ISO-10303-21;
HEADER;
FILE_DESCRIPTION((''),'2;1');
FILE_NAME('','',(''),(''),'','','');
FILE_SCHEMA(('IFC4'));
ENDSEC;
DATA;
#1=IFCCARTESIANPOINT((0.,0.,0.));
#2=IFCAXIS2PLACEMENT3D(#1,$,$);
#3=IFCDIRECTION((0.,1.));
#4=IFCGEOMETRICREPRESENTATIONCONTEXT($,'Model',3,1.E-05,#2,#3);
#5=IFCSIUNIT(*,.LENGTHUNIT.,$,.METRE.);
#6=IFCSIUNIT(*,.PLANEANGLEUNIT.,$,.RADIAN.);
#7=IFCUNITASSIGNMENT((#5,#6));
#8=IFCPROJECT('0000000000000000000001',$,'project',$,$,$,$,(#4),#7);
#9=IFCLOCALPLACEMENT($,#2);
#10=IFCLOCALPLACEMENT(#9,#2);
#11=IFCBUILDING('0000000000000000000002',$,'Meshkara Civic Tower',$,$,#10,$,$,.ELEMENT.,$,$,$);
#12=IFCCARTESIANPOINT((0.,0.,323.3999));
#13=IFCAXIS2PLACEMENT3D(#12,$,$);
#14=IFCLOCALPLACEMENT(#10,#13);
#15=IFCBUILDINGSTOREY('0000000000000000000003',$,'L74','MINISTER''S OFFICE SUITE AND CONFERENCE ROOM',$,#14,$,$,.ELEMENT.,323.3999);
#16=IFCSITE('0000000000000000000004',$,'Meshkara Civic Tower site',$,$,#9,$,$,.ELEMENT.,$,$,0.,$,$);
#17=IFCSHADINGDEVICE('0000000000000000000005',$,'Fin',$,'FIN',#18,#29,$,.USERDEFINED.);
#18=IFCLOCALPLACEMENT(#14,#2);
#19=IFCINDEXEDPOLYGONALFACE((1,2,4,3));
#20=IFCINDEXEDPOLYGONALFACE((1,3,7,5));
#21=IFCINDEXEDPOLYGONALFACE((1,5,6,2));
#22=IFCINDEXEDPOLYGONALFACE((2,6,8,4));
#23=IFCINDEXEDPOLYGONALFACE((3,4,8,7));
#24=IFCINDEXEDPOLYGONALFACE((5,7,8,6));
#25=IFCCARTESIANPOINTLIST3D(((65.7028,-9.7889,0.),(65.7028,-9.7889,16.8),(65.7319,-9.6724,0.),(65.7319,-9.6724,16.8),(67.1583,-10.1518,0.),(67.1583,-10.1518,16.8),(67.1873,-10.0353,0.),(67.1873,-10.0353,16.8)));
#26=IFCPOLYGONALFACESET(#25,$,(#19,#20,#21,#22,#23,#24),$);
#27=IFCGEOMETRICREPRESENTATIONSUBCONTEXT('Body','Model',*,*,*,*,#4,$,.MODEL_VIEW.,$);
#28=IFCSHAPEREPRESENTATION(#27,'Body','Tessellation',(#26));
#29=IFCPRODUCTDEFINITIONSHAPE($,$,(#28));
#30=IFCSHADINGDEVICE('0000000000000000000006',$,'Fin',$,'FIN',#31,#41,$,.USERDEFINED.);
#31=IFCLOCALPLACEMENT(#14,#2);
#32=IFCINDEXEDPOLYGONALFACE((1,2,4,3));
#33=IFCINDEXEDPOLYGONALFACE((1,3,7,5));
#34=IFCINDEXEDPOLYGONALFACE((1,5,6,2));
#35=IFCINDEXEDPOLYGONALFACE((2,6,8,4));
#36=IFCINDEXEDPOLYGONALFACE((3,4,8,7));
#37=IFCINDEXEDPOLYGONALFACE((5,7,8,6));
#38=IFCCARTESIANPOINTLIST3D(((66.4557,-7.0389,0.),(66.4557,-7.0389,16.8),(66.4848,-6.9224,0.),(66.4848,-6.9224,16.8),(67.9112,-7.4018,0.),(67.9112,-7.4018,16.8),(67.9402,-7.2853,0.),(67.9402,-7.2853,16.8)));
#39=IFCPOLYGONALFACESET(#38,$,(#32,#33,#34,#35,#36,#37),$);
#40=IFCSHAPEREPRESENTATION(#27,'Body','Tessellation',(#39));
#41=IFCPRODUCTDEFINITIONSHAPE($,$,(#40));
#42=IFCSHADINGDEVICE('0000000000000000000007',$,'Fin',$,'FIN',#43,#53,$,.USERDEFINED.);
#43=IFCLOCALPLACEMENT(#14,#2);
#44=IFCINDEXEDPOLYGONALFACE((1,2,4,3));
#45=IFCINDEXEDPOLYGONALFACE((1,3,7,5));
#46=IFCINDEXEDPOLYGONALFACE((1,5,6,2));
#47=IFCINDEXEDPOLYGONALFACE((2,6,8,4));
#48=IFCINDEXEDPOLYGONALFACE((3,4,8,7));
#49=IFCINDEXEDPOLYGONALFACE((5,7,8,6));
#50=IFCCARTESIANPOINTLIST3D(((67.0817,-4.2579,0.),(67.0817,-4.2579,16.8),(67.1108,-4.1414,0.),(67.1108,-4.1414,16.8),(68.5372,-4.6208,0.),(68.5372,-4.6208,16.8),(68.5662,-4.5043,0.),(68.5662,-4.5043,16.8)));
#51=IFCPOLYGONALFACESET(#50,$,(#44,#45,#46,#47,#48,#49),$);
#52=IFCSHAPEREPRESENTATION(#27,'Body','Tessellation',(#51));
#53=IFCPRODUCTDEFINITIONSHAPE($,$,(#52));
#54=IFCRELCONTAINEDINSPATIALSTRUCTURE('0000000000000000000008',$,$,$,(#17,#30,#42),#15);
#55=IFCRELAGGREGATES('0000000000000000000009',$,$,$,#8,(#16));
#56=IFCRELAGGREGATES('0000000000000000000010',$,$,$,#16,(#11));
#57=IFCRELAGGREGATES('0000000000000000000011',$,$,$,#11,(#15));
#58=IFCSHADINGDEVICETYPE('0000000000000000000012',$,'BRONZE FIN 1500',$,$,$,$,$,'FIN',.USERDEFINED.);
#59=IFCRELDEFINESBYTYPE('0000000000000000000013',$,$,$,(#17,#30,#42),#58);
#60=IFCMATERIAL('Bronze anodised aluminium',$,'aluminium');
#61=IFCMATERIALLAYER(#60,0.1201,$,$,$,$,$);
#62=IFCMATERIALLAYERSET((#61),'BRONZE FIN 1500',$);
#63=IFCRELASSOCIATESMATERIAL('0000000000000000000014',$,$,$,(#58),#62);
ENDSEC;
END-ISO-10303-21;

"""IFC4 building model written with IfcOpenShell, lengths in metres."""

from ifc_helpers import new_model, si_unit, direction, frame, origin, origin_2d, place, context, subcontext, project, spatial, rectangle, extrude, material, layer, layer_set, type_object, element, save


model = new_model("IFC4")

# Units and contexts
model_context = context("Model", 3, precision=1e-05, world=origin(), true_north=direction((0.0, 1.0)))
body_context = subcontext(model_context, "Body", "Model", "MODEL_VIEW")
ifc_project = project(units=[si_unit("LENGTHUNIT", "METRE"), si_unit("PLANEANGLEUNIT", "RADIAN")], contexts=[model_context])

# Site, building, storey
site_placement = place(None, origin())
site = spatial("IfcSite", under=ifc_project, at=site_placement, Name="Meshkara Civic Tower site", CompositionType="ELEMENT", RefElevation=0.0)
building_placement = place(site_placement, origin())
building = spatial("IfcBuilding", under=site, at=building_placement, Name="Meshkara Civic Tower", CompositionType="ELEMENT")
storey_placement = place(building_placement, frame((0.0, 0.0, 323.3999)))
storey = spatial("IfcBuildingStorey", under=building, at=storey_placement, Name="L74", Description="MINISTER'S OFFICE SUITE AND CONFERENCE ROOM", CompositionType="ELEMENT", Elevation=323.3999)

# Shading devices
ifc_material_1 = material(Name="Bronze anodised aluminium", Category="aluminium")
ifc_layer_1 = layer(ifc_material_1, 0.1201)
ifc_layer_set_1 = layer_set([ifc_layer_1], Name="BRONZE FIN 1500")
shading_device_type_1 = type_object("IfcShadingDeviceType", Name="BRONZE FIN 1500", ElementType="FIN", PredefinedType="USERDEFINED", material=ifc_layer_set_1)
for number, where, z_axis, x_axis, name in (
    (1, (66.4451, -9.9121, 0.0), (0.0, 0.0, 1.0), (0.241939, 0.970292, 0.0), "Fin"),
    (2, (67.198, -7.1621, 0.0), (0.0, 0.0, 1.0), (0.241939, 0.970292, 0.0), "Fin"),
    (3, (67.824, -4.3811, 0.0), (0.0, 0.0, 1.0), (0.241939, 0.970292, 0.0), "Fin"),
):
    element("IfcShadingDevice", number, at=place(storey_placement, frame(where, z_axis=z_axis, x_axis=x_axis)), inside=storey, type_object=shading_device_type_1, Name=name, ObjectType="FIN", PredefinedType="USERDEFINED", context=body_context, shape_type="SweptSolid", body=[
        extrude(rectangle(XDim=0.1201, YDim=1.5, at=origin_2d()), origin(), (0.0, 0.0, 1.0), 16.8),
    ])

save(model, "model.ifc")
